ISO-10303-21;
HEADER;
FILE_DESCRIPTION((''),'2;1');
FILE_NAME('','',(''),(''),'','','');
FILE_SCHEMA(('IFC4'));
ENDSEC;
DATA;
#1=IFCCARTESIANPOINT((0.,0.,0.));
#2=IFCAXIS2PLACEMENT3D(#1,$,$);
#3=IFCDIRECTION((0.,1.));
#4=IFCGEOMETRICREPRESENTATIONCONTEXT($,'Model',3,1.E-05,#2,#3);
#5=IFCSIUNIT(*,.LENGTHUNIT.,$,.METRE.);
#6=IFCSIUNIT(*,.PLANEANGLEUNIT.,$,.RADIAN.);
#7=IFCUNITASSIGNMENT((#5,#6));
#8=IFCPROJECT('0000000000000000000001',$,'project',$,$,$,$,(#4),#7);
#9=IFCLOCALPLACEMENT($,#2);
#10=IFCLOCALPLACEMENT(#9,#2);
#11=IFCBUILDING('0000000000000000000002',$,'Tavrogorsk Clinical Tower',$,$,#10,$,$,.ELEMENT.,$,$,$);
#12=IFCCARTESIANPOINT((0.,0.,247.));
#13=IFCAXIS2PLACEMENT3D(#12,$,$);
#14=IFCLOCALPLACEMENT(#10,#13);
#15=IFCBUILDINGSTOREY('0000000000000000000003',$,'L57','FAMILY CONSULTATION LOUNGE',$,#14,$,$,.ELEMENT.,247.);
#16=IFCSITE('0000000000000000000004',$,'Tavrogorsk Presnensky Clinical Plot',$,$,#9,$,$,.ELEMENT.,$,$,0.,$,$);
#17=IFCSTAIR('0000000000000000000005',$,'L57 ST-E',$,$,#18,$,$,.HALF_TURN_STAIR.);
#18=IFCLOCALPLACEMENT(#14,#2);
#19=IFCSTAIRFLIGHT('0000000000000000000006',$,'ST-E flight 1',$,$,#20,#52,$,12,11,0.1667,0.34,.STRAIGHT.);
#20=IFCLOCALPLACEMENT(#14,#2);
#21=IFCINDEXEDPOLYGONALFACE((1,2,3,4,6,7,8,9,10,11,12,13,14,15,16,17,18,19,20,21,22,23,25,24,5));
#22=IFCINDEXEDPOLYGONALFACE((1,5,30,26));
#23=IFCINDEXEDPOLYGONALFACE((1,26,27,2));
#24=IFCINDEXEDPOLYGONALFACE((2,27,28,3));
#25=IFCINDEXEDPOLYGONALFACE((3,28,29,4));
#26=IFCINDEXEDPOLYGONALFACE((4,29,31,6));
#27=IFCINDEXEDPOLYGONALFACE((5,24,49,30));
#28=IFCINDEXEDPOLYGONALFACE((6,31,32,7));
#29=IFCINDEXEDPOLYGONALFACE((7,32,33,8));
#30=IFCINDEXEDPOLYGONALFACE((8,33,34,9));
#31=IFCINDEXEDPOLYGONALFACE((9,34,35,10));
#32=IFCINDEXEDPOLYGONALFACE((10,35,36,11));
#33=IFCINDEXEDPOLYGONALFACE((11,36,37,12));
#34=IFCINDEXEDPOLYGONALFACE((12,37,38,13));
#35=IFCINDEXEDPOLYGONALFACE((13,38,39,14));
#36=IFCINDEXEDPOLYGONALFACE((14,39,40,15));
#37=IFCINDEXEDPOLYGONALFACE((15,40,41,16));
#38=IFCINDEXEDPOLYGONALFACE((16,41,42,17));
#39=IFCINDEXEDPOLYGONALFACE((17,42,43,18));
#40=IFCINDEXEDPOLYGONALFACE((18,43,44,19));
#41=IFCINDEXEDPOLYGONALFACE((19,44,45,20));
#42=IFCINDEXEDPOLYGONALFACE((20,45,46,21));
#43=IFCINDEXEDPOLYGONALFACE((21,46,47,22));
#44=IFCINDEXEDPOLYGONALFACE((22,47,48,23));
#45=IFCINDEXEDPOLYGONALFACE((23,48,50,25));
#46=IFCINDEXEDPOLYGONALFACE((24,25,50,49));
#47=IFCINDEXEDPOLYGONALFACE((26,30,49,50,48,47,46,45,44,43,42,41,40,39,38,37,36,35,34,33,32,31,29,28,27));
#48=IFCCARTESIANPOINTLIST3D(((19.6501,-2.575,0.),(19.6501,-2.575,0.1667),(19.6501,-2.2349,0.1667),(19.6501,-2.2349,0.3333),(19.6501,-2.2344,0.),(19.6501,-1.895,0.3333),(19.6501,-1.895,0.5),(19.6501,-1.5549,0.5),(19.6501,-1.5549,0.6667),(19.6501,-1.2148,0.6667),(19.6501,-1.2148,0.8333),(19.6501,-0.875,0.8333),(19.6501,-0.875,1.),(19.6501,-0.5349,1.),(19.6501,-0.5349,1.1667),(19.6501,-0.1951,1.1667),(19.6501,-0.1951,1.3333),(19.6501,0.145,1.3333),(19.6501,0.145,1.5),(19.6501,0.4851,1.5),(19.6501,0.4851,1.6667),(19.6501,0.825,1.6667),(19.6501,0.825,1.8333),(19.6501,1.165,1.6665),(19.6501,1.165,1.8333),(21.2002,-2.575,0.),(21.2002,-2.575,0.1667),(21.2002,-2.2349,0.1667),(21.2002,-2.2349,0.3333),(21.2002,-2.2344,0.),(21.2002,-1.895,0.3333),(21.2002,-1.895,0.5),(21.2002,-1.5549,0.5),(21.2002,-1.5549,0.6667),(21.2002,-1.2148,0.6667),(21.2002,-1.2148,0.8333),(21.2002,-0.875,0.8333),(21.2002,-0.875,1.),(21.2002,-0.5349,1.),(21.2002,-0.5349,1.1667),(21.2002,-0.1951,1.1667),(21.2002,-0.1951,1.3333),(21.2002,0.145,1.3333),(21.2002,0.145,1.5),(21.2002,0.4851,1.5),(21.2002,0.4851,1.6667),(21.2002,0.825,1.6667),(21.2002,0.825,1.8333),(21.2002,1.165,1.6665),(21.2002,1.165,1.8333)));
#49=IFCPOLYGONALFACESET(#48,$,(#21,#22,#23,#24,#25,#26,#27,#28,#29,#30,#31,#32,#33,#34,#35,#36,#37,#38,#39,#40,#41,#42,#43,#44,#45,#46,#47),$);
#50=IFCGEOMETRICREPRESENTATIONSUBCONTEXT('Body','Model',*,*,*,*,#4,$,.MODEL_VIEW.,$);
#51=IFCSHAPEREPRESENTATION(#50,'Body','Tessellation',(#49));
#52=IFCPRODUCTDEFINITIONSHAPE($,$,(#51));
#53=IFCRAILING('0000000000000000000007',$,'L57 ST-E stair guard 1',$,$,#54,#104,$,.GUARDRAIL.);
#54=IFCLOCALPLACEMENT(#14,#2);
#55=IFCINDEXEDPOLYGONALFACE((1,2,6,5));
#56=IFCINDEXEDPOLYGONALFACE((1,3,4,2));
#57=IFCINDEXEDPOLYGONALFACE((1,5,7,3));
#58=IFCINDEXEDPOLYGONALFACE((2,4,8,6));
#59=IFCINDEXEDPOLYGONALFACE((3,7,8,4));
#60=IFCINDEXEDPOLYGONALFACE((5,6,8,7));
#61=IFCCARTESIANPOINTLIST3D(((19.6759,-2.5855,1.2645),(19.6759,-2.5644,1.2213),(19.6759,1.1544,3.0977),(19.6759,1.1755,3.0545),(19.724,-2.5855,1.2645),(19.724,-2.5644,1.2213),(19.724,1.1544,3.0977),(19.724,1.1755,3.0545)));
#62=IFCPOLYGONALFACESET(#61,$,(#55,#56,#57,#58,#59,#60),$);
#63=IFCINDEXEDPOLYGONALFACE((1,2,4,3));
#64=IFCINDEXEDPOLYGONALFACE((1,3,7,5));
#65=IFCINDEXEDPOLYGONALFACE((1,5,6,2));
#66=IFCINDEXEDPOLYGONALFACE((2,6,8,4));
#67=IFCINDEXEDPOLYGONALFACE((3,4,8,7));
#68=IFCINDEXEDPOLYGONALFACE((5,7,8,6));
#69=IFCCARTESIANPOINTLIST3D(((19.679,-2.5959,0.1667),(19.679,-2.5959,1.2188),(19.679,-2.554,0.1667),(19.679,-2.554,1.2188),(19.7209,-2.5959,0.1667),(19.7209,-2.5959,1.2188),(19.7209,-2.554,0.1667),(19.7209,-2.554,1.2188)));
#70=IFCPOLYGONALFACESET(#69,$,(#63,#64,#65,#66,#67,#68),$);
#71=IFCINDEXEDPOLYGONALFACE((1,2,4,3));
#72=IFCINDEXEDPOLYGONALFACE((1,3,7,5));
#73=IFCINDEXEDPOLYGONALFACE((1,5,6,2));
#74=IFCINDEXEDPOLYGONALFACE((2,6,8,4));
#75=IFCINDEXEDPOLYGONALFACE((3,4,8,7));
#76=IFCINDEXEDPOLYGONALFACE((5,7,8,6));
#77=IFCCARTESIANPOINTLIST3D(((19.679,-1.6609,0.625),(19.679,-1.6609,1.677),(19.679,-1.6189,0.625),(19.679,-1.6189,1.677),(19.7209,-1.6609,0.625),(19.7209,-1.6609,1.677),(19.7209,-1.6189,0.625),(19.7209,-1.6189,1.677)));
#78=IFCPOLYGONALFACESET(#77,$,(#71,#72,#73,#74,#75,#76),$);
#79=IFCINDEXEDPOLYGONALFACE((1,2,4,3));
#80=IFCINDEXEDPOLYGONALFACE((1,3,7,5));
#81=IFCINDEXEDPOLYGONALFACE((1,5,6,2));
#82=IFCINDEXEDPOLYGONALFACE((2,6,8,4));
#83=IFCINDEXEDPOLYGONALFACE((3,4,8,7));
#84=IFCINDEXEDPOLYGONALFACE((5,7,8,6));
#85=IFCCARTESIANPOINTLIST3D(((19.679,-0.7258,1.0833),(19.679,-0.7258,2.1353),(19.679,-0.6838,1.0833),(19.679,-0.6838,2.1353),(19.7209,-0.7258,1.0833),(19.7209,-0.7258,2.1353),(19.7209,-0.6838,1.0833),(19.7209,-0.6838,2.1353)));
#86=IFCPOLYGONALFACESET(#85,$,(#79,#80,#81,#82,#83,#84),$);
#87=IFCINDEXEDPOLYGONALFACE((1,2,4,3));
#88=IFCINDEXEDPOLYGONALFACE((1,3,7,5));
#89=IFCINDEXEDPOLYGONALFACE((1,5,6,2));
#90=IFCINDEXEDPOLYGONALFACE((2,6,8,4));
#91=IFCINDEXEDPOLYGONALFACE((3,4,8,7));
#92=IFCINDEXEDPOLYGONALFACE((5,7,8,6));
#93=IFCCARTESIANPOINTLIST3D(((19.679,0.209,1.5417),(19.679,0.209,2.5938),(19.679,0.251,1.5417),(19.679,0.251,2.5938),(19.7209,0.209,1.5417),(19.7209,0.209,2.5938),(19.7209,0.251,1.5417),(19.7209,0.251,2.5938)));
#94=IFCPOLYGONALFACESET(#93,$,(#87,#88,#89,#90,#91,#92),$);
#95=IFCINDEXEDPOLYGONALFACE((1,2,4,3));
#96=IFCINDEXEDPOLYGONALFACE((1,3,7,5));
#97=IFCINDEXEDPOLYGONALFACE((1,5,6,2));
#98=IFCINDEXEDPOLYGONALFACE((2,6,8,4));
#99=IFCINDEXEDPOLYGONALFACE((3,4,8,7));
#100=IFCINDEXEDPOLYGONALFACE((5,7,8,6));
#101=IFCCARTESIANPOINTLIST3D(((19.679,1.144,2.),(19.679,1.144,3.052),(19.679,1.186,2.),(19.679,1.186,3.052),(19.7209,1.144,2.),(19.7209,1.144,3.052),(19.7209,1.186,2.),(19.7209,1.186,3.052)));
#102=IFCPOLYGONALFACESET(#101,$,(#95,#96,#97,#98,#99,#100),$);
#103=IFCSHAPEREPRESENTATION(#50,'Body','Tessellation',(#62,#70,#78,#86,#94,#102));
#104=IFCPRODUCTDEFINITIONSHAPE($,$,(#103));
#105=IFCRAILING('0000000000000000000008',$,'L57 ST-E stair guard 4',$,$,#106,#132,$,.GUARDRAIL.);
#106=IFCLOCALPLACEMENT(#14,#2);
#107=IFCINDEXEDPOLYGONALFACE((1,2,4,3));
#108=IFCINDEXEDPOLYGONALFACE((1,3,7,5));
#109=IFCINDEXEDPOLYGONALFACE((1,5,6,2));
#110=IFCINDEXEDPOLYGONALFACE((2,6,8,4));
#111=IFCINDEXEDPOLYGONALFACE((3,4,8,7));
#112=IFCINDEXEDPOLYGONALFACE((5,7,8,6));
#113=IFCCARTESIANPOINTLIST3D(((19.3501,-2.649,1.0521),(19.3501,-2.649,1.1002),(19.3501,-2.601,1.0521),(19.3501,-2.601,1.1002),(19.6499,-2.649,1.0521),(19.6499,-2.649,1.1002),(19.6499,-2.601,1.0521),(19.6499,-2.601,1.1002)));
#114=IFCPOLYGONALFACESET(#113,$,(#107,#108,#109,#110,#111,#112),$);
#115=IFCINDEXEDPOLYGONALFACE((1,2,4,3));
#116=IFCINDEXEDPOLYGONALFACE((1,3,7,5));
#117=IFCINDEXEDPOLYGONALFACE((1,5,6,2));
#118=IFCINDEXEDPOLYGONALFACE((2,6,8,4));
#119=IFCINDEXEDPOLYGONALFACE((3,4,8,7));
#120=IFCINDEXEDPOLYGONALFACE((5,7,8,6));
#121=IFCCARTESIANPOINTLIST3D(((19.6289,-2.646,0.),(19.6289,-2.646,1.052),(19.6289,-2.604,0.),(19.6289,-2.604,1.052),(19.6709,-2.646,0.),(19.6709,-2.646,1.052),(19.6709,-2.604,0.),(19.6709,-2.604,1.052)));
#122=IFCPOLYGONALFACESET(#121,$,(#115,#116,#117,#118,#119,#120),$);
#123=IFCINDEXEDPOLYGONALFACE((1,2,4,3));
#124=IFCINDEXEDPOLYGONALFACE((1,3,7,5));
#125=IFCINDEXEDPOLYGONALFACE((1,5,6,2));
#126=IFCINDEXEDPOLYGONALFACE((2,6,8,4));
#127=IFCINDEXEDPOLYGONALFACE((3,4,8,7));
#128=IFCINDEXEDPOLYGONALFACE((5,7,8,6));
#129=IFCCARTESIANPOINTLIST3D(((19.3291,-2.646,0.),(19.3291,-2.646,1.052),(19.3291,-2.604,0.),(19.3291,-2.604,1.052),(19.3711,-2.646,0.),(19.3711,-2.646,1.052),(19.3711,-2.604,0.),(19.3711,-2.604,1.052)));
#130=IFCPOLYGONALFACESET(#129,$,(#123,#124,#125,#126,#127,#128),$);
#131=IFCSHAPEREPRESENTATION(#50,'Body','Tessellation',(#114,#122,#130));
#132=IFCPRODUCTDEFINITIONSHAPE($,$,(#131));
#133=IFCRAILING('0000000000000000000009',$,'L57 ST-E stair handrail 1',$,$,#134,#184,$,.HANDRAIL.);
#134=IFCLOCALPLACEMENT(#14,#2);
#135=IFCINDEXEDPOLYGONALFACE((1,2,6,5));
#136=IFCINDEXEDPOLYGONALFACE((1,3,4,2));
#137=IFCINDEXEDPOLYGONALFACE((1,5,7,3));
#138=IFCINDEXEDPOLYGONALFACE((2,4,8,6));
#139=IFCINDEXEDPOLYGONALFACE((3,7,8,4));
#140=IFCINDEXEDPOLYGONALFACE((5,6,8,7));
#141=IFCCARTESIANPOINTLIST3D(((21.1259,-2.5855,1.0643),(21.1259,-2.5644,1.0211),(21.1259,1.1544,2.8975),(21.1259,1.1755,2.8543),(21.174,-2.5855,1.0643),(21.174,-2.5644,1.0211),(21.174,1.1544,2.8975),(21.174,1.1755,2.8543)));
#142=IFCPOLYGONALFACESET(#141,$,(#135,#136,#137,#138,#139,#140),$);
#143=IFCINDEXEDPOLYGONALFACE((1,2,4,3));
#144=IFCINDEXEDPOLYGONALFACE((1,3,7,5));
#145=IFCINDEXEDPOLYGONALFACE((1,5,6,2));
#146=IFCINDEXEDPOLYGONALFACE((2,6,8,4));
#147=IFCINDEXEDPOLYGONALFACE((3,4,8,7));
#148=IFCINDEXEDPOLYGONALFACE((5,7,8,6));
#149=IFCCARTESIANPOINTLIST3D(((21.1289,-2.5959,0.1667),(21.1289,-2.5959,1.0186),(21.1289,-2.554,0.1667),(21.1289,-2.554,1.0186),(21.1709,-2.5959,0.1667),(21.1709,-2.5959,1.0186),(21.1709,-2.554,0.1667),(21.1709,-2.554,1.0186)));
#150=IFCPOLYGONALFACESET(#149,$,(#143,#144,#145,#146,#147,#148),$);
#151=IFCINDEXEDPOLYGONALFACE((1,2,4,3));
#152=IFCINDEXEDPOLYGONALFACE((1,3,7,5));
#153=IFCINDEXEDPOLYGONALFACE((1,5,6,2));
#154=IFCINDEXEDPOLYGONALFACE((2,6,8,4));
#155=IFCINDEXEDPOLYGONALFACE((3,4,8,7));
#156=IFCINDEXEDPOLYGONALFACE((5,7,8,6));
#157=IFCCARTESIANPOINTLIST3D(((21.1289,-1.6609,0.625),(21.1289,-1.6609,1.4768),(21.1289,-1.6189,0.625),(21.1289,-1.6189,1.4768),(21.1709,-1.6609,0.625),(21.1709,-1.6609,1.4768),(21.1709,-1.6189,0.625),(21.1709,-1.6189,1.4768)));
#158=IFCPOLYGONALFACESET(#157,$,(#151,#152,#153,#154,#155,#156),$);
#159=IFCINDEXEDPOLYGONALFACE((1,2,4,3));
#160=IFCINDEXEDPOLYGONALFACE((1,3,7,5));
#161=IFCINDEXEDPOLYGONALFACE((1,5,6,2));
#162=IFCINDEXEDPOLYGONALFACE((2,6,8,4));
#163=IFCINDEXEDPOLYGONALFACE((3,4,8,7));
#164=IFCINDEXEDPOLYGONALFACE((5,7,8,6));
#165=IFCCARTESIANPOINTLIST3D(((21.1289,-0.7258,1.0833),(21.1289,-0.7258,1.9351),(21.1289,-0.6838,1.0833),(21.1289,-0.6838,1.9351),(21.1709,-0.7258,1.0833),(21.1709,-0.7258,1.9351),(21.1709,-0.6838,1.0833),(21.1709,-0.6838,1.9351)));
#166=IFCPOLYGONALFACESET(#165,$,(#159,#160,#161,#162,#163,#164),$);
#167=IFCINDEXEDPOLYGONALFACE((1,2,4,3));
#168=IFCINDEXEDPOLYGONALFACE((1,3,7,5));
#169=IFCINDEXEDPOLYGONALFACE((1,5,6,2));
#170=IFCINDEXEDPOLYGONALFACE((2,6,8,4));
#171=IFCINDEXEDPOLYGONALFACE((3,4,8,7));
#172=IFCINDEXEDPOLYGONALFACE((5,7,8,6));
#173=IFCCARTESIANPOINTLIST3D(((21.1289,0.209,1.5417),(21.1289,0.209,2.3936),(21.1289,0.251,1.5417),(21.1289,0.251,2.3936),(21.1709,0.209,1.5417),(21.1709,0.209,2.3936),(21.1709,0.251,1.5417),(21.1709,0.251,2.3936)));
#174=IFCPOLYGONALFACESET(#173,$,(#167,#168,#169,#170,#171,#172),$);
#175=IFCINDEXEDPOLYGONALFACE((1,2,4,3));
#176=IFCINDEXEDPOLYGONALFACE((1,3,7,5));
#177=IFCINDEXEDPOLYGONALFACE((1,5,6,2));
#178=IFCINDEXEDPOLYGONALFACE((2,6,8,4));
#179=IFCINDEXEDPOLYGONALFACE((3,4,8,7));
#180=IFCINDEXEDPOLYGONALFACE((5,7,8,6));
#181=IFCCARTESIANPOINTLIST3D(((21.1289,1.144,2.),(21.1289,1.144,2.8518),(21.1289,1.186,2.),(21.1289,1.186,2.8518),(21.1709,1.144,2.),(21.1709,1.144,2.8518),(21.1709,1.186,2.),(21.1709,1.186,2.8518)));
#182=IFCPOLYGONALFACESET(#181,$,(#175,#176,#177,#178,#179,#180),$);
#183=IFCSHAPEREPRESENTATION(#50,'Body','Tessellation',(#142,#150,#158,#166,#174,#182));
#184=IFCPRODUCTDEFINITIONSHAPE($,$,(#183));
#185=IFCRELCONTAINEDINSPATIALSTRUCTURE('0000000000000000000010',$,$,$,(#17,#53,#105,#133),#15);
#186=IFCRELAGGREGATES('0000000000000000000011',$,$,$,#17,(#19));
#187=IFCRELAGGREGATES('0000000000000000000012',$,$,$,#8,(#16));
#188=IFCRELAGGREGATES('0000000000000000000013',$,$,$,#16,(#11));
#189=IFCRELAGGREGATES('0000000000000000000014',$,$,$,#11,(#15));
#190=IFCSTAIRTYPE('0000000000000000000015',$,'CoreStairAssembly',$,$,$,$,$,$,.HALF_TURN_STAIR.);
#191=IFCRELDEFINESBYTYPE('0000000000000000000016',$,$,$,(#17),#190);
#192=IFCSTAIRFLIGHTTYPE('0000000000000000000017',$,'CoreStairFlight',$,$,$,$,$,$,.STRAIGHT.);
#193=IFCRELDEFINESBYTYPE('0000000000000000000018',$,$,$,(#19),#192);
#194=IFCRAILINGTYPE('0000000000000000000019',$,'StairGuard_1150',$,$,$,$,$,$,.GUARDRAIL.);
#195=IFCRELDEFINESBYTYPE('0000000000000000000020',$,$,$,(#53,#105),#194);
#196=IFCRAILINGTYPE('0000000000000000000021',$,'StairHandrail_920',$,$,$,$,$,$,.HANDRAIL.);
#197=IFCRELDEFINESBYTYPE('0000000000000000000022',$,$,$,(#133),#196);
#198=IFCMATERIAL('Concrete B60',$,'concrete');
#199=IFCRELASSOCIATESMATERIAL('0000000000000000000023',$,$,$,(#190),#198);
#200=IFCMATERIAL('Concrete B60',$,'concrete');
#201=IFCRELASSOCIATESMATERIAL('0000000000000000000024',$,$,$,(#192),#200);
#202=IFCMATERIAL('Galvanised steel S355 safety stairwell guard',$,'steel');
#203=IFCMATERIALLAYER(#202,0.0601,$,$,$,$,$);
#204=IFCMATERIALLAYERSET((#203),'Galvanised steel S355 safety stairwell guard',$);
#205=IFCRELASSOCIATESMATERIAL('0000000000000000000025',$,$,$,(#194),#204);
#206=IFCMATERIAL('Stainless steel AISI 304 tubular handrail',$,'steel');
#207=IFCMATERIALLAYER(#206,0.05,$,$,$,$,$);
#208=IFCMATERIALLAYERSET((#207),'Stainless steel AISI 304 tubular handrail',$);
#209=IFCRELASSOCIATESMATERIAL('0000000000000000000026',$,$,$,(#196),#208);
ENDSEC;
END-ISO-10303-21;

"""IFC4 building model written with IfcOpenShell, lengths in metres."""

from ifc_helpers import new_model, si_unit, direction, frame, origin, origin_2d, place, context, subcontext, project, spatial, polyline, rectangle, outline, extrude, material, layer, layer_set, type_object, element, aggregate, save


model = new_model("IFC4")

# Units and contexts
model_context = context("Model", 3, precision=1e-05, world=origin(), true_north=direction((0.0, 1.0)))
body_context = subcontext(model_context, "Body", "Model", "MODEL_VIEW")
ifc_project = project(units=[si_unit("LENGTHUNIT", "METRE"), si_unit("PLANEANGLEUNIT", "RADIAN")], contexts=[model_context])

# Site, building, storey
site_placement = place(None, origin())
site = spatial("IfcSite", under=ifc_project, at=site_placement, Name="Tavrogorsk Presnensky Clinical Plot", CompositionType="ELEMENT", RefElevation=0.0)
building_placement = place(site_placement, origin())
building = spatial("IfcBuilding", under=site, at=building_placement, Name="Tavrogorsk Clinical Tower", CompositionType="ELEMENT")
storey_placement = place(building_placement, frame((0.0, 0.0, 247.0)))
storey = spatial("IfcBuildingStorey", under=building, at=storey_placement, Name="L57", Description="FAMILY CONSULTATION LOUNGE", CompositionType="ELEMENT", Elevation=247.0)

# Stair, stair flight
ifc_material_1 = material(Name="Concrete B60", Category="concrete")
stair_type = type_object("IfcStairType", Name="CoreStairAssembly", PredefinedType="HALF_TURN_STAIR", material=ifc_material_1)
stair_placement = place(storey_placement, origin())
stair = element("IfcStair", 1, at=stair_placement, inside=storey, type_object=stair_type, Name="L57 ST-E", PredefinedType="HALF_TURN_STAIR")
ifc_material_2 = material(Name="Concrete B60", Category="concrete")
stair_flight_type = type_object("IfcStairFlightType", Name="CoreStairFlight", PredefinedType="STRAIGHT", material=ifc_material_2)
stair_flight_placement = place(storey_placement, frame((20.425, -2.575, 0.0), z_axis=(0.0, 0.0, 1.0), x_axis=(0.0, 1.0, 0.0)))
stair_flight = element("IfcStairFlight", 2, at=stair_flight_placement, type_object=stair_flight_type, Name="ST-E flight 1", NumberOfRisers=12, NumberOfTreads=11, PredefinedType="STRAIGHT", RiserHeight=0.1667, TreadLength=0.34, context=body_context, shape_type="SweptSolid", body=[
    extrude(outline(polyline([(0.0, 0.0), (0.0, 0.1667), (0.3401, 0.1667), (0.3401, 0.3333), (0.6799, 0.3333), (0.6799, 0.5), (1.02, 0.5), (1.02, 0.6667), (1.3601, 0.6667), (1.3601, 0.8333), (1.7, 0.8333), (1.7, 1.0), (2.04, 1.0), (2.04, 1.1667), (2.3799, 1.1667), (2.3799, 1.3333), (2.72, 1.3333), (2.72, 1.5), (3.0601, 1.5), (3.0601, 1.6667), (3.3999, 1.6667), (3.3999, 1.8333), (3.74, 1.8333), (3.74, 2.0), (3.74, 1.6665), (0.3406, 0.0), (0.0, 0.0)])), frame((0.0, 0.7749, 0.0), z_axis=(0.0, -1.0, 0.0), x_axis=(1.0, 0.0, 0.0)), (0.0, 0.0, 1.0), 1.55),
])
aggregate(stair, [stair_flight])

# Railings
ifc_material_3 = material(Name="Galvanised steel S355 safety stairwell guard", Category="steel")
ifc_layer_1 = layer(ifc_material_3, 0.0601)
ifc_layer_set_1 = layer_set([ifc_layer_1], Name="Galvanised steel S355 safety stairwell guard")
railing_type_1 = type_object("IfcRailingType", Name="StairGuard_1150", PredefinedType="GUARDRAIL", material=ifc_layer_set_1)
railing_1_placement = place(storey_placement, frame((19.7, -2.575, 0.1667)))
element("IfcRailing", 3, at=railing_1_placement, inside=storey, type_object=railing_type_1, Name="L57 ST-E stair guard 1", PredefinedType="GUARDRAIL", context=body_context, shape_type="SweptSolid", body=[
    extrude(rectangle(XDim=0.0481, YDim=0.0481, at=origin_2d()), frame((0.0, 0.0, 1.0762), z_axis=(0.0, 0.897928, 0.440142), x_axis=(-1.0, 0.0, 0.0)), (0.0, 0.0, 1.0), 4.165),
    extrude(rectangle(XDim=0.042, YDim=0.042, at=origin_2d()), origin(), (0.0, 0.0, 1.0), 1.052),
    extrude(rectangle(XDim=0.042, YDim=0.042, at=origin_2d()), frame((0.0, 0.9351, 0.4583)), (0.0, 0.0, 1.0), 1.052),
    extrude(rectangle(XDim=0.042, YDim=0.042, at=origin_2d()), frame((0.0, 1.8701, 0.9165)), (0.0, 0.0, 1.0), 1.052),
    extrude(rectangle(XDim=0.042, YDim=0.042, at=origin_2d()), frame((0.0, 2.8049, 1.375)), (0.0, 0.0, 1.0), 1.052),
    extrude(rectangle(XDim=0.042, YDim=0.042, at=origin_2d()), frame((0.0, 3.74, 1.8333)), (0.0, 0.0, 1.0), 1.052),
])
railing_2_placement = place(storey_placement, frame((19.6499, -2.625, 0.0)))
element("IfcRailing", 4, at=railing_2_placement, inside=storey, type_object=railing_type_1, Name="L57 ST-E stair guard 4", PredefinedType="GUARDRAIL", context=body_context, shape_type="SweptSolid", body=[
    extrude(rectangle(XDim=0.0481, YDim=0.0481, at=origin_2d()), frame((0.0, 0.0, 1.0762), z_axis=(-1.0, 0.0, 0.0), x_axis=(0.0, -1.0, 0.0)), (0.0, 0.0, 1.0), 0.2998),
    extrude(rectangle(XDim=0.042, YDim=0.042, at=origin_2d()), origin(), (0.0, 0.0, 1.0), 1.052),
    extrude(rectangle(XDim=0.042, YDim=0.042, at=origin_2d()), frame((-0.2998, 0.0, 0.0)), (0.0, 0.0, 1.0), 1.052),
])
ifc_material_4 = material(Name="Stainless steel AISI 304 tubular handrail", Category="steel")
ifc_layer_2 = layer(ifc_material_4, 0.05)
ifc_layer_set_2 = layer_set([ifc_layer_2], Name="Stainless steel AISI 304 tubular handrail")
railing_type_2 = type_object("IfcRailingType", Name="StairHandrail_920", PredefinedType="HANDRAIL", material=ifc_layer_set_2)
railing_3_placement = place(storey_placement, frame((21.1499, -2.575, 0.1667)))
element("IfcRailing", 5, at=railing_3_placement, inside=storey, type_object=railing_type_2, Name="L57 ST-E stair handrail 1", PredefinedType="HANDRAIL", context=body_context, shape_type="SweptSolid", body=[
    extrude(rectangle(XDim=0.0481, YDim=0.0481, at=origin_2d()), frame((0.0, 0.0, 0.876), z_axis=(0.0, 0.897928, 0.440142), x_axis=(-1.0, 0.0, 0.0)), (0.0, 0.0, 1.0), 4.165),
    extrude(rectangle(XDim=0.042, YDim=0.042, at=origin_2d()), origin(), (0.0, 0.0, 1.0), 0.8518),
    extrude(rectangle(XDim=0.042, YDim=0.042, at=origin_2d()), frame((0.0, 0.9351, 0.4583)), (0.0, 0.0, 1.0), 0.8518),
    extrude(rectangle(XDim=0.042, YDim=0.042, at=origin_2d()), frame((0.0, 1.8701, 0.9165)), (0.0, 0.0, 1.0), 0.8518),
    extrude(rectangle(XDim=0.042, YDim=0.042, at=origin_2d()), frame((0.0, 2.8049, 1.375)), (0.0, 0.0, 1.0), 0.8518),
    extrude(rectangle(XDim=0.042, YDim=0.042, at=origin_2d()), frame((0.0, 3.74, 1.8333)), (0.0, 0.0, 1.0), 0.8518),
])

save(model, "model.ifc")
